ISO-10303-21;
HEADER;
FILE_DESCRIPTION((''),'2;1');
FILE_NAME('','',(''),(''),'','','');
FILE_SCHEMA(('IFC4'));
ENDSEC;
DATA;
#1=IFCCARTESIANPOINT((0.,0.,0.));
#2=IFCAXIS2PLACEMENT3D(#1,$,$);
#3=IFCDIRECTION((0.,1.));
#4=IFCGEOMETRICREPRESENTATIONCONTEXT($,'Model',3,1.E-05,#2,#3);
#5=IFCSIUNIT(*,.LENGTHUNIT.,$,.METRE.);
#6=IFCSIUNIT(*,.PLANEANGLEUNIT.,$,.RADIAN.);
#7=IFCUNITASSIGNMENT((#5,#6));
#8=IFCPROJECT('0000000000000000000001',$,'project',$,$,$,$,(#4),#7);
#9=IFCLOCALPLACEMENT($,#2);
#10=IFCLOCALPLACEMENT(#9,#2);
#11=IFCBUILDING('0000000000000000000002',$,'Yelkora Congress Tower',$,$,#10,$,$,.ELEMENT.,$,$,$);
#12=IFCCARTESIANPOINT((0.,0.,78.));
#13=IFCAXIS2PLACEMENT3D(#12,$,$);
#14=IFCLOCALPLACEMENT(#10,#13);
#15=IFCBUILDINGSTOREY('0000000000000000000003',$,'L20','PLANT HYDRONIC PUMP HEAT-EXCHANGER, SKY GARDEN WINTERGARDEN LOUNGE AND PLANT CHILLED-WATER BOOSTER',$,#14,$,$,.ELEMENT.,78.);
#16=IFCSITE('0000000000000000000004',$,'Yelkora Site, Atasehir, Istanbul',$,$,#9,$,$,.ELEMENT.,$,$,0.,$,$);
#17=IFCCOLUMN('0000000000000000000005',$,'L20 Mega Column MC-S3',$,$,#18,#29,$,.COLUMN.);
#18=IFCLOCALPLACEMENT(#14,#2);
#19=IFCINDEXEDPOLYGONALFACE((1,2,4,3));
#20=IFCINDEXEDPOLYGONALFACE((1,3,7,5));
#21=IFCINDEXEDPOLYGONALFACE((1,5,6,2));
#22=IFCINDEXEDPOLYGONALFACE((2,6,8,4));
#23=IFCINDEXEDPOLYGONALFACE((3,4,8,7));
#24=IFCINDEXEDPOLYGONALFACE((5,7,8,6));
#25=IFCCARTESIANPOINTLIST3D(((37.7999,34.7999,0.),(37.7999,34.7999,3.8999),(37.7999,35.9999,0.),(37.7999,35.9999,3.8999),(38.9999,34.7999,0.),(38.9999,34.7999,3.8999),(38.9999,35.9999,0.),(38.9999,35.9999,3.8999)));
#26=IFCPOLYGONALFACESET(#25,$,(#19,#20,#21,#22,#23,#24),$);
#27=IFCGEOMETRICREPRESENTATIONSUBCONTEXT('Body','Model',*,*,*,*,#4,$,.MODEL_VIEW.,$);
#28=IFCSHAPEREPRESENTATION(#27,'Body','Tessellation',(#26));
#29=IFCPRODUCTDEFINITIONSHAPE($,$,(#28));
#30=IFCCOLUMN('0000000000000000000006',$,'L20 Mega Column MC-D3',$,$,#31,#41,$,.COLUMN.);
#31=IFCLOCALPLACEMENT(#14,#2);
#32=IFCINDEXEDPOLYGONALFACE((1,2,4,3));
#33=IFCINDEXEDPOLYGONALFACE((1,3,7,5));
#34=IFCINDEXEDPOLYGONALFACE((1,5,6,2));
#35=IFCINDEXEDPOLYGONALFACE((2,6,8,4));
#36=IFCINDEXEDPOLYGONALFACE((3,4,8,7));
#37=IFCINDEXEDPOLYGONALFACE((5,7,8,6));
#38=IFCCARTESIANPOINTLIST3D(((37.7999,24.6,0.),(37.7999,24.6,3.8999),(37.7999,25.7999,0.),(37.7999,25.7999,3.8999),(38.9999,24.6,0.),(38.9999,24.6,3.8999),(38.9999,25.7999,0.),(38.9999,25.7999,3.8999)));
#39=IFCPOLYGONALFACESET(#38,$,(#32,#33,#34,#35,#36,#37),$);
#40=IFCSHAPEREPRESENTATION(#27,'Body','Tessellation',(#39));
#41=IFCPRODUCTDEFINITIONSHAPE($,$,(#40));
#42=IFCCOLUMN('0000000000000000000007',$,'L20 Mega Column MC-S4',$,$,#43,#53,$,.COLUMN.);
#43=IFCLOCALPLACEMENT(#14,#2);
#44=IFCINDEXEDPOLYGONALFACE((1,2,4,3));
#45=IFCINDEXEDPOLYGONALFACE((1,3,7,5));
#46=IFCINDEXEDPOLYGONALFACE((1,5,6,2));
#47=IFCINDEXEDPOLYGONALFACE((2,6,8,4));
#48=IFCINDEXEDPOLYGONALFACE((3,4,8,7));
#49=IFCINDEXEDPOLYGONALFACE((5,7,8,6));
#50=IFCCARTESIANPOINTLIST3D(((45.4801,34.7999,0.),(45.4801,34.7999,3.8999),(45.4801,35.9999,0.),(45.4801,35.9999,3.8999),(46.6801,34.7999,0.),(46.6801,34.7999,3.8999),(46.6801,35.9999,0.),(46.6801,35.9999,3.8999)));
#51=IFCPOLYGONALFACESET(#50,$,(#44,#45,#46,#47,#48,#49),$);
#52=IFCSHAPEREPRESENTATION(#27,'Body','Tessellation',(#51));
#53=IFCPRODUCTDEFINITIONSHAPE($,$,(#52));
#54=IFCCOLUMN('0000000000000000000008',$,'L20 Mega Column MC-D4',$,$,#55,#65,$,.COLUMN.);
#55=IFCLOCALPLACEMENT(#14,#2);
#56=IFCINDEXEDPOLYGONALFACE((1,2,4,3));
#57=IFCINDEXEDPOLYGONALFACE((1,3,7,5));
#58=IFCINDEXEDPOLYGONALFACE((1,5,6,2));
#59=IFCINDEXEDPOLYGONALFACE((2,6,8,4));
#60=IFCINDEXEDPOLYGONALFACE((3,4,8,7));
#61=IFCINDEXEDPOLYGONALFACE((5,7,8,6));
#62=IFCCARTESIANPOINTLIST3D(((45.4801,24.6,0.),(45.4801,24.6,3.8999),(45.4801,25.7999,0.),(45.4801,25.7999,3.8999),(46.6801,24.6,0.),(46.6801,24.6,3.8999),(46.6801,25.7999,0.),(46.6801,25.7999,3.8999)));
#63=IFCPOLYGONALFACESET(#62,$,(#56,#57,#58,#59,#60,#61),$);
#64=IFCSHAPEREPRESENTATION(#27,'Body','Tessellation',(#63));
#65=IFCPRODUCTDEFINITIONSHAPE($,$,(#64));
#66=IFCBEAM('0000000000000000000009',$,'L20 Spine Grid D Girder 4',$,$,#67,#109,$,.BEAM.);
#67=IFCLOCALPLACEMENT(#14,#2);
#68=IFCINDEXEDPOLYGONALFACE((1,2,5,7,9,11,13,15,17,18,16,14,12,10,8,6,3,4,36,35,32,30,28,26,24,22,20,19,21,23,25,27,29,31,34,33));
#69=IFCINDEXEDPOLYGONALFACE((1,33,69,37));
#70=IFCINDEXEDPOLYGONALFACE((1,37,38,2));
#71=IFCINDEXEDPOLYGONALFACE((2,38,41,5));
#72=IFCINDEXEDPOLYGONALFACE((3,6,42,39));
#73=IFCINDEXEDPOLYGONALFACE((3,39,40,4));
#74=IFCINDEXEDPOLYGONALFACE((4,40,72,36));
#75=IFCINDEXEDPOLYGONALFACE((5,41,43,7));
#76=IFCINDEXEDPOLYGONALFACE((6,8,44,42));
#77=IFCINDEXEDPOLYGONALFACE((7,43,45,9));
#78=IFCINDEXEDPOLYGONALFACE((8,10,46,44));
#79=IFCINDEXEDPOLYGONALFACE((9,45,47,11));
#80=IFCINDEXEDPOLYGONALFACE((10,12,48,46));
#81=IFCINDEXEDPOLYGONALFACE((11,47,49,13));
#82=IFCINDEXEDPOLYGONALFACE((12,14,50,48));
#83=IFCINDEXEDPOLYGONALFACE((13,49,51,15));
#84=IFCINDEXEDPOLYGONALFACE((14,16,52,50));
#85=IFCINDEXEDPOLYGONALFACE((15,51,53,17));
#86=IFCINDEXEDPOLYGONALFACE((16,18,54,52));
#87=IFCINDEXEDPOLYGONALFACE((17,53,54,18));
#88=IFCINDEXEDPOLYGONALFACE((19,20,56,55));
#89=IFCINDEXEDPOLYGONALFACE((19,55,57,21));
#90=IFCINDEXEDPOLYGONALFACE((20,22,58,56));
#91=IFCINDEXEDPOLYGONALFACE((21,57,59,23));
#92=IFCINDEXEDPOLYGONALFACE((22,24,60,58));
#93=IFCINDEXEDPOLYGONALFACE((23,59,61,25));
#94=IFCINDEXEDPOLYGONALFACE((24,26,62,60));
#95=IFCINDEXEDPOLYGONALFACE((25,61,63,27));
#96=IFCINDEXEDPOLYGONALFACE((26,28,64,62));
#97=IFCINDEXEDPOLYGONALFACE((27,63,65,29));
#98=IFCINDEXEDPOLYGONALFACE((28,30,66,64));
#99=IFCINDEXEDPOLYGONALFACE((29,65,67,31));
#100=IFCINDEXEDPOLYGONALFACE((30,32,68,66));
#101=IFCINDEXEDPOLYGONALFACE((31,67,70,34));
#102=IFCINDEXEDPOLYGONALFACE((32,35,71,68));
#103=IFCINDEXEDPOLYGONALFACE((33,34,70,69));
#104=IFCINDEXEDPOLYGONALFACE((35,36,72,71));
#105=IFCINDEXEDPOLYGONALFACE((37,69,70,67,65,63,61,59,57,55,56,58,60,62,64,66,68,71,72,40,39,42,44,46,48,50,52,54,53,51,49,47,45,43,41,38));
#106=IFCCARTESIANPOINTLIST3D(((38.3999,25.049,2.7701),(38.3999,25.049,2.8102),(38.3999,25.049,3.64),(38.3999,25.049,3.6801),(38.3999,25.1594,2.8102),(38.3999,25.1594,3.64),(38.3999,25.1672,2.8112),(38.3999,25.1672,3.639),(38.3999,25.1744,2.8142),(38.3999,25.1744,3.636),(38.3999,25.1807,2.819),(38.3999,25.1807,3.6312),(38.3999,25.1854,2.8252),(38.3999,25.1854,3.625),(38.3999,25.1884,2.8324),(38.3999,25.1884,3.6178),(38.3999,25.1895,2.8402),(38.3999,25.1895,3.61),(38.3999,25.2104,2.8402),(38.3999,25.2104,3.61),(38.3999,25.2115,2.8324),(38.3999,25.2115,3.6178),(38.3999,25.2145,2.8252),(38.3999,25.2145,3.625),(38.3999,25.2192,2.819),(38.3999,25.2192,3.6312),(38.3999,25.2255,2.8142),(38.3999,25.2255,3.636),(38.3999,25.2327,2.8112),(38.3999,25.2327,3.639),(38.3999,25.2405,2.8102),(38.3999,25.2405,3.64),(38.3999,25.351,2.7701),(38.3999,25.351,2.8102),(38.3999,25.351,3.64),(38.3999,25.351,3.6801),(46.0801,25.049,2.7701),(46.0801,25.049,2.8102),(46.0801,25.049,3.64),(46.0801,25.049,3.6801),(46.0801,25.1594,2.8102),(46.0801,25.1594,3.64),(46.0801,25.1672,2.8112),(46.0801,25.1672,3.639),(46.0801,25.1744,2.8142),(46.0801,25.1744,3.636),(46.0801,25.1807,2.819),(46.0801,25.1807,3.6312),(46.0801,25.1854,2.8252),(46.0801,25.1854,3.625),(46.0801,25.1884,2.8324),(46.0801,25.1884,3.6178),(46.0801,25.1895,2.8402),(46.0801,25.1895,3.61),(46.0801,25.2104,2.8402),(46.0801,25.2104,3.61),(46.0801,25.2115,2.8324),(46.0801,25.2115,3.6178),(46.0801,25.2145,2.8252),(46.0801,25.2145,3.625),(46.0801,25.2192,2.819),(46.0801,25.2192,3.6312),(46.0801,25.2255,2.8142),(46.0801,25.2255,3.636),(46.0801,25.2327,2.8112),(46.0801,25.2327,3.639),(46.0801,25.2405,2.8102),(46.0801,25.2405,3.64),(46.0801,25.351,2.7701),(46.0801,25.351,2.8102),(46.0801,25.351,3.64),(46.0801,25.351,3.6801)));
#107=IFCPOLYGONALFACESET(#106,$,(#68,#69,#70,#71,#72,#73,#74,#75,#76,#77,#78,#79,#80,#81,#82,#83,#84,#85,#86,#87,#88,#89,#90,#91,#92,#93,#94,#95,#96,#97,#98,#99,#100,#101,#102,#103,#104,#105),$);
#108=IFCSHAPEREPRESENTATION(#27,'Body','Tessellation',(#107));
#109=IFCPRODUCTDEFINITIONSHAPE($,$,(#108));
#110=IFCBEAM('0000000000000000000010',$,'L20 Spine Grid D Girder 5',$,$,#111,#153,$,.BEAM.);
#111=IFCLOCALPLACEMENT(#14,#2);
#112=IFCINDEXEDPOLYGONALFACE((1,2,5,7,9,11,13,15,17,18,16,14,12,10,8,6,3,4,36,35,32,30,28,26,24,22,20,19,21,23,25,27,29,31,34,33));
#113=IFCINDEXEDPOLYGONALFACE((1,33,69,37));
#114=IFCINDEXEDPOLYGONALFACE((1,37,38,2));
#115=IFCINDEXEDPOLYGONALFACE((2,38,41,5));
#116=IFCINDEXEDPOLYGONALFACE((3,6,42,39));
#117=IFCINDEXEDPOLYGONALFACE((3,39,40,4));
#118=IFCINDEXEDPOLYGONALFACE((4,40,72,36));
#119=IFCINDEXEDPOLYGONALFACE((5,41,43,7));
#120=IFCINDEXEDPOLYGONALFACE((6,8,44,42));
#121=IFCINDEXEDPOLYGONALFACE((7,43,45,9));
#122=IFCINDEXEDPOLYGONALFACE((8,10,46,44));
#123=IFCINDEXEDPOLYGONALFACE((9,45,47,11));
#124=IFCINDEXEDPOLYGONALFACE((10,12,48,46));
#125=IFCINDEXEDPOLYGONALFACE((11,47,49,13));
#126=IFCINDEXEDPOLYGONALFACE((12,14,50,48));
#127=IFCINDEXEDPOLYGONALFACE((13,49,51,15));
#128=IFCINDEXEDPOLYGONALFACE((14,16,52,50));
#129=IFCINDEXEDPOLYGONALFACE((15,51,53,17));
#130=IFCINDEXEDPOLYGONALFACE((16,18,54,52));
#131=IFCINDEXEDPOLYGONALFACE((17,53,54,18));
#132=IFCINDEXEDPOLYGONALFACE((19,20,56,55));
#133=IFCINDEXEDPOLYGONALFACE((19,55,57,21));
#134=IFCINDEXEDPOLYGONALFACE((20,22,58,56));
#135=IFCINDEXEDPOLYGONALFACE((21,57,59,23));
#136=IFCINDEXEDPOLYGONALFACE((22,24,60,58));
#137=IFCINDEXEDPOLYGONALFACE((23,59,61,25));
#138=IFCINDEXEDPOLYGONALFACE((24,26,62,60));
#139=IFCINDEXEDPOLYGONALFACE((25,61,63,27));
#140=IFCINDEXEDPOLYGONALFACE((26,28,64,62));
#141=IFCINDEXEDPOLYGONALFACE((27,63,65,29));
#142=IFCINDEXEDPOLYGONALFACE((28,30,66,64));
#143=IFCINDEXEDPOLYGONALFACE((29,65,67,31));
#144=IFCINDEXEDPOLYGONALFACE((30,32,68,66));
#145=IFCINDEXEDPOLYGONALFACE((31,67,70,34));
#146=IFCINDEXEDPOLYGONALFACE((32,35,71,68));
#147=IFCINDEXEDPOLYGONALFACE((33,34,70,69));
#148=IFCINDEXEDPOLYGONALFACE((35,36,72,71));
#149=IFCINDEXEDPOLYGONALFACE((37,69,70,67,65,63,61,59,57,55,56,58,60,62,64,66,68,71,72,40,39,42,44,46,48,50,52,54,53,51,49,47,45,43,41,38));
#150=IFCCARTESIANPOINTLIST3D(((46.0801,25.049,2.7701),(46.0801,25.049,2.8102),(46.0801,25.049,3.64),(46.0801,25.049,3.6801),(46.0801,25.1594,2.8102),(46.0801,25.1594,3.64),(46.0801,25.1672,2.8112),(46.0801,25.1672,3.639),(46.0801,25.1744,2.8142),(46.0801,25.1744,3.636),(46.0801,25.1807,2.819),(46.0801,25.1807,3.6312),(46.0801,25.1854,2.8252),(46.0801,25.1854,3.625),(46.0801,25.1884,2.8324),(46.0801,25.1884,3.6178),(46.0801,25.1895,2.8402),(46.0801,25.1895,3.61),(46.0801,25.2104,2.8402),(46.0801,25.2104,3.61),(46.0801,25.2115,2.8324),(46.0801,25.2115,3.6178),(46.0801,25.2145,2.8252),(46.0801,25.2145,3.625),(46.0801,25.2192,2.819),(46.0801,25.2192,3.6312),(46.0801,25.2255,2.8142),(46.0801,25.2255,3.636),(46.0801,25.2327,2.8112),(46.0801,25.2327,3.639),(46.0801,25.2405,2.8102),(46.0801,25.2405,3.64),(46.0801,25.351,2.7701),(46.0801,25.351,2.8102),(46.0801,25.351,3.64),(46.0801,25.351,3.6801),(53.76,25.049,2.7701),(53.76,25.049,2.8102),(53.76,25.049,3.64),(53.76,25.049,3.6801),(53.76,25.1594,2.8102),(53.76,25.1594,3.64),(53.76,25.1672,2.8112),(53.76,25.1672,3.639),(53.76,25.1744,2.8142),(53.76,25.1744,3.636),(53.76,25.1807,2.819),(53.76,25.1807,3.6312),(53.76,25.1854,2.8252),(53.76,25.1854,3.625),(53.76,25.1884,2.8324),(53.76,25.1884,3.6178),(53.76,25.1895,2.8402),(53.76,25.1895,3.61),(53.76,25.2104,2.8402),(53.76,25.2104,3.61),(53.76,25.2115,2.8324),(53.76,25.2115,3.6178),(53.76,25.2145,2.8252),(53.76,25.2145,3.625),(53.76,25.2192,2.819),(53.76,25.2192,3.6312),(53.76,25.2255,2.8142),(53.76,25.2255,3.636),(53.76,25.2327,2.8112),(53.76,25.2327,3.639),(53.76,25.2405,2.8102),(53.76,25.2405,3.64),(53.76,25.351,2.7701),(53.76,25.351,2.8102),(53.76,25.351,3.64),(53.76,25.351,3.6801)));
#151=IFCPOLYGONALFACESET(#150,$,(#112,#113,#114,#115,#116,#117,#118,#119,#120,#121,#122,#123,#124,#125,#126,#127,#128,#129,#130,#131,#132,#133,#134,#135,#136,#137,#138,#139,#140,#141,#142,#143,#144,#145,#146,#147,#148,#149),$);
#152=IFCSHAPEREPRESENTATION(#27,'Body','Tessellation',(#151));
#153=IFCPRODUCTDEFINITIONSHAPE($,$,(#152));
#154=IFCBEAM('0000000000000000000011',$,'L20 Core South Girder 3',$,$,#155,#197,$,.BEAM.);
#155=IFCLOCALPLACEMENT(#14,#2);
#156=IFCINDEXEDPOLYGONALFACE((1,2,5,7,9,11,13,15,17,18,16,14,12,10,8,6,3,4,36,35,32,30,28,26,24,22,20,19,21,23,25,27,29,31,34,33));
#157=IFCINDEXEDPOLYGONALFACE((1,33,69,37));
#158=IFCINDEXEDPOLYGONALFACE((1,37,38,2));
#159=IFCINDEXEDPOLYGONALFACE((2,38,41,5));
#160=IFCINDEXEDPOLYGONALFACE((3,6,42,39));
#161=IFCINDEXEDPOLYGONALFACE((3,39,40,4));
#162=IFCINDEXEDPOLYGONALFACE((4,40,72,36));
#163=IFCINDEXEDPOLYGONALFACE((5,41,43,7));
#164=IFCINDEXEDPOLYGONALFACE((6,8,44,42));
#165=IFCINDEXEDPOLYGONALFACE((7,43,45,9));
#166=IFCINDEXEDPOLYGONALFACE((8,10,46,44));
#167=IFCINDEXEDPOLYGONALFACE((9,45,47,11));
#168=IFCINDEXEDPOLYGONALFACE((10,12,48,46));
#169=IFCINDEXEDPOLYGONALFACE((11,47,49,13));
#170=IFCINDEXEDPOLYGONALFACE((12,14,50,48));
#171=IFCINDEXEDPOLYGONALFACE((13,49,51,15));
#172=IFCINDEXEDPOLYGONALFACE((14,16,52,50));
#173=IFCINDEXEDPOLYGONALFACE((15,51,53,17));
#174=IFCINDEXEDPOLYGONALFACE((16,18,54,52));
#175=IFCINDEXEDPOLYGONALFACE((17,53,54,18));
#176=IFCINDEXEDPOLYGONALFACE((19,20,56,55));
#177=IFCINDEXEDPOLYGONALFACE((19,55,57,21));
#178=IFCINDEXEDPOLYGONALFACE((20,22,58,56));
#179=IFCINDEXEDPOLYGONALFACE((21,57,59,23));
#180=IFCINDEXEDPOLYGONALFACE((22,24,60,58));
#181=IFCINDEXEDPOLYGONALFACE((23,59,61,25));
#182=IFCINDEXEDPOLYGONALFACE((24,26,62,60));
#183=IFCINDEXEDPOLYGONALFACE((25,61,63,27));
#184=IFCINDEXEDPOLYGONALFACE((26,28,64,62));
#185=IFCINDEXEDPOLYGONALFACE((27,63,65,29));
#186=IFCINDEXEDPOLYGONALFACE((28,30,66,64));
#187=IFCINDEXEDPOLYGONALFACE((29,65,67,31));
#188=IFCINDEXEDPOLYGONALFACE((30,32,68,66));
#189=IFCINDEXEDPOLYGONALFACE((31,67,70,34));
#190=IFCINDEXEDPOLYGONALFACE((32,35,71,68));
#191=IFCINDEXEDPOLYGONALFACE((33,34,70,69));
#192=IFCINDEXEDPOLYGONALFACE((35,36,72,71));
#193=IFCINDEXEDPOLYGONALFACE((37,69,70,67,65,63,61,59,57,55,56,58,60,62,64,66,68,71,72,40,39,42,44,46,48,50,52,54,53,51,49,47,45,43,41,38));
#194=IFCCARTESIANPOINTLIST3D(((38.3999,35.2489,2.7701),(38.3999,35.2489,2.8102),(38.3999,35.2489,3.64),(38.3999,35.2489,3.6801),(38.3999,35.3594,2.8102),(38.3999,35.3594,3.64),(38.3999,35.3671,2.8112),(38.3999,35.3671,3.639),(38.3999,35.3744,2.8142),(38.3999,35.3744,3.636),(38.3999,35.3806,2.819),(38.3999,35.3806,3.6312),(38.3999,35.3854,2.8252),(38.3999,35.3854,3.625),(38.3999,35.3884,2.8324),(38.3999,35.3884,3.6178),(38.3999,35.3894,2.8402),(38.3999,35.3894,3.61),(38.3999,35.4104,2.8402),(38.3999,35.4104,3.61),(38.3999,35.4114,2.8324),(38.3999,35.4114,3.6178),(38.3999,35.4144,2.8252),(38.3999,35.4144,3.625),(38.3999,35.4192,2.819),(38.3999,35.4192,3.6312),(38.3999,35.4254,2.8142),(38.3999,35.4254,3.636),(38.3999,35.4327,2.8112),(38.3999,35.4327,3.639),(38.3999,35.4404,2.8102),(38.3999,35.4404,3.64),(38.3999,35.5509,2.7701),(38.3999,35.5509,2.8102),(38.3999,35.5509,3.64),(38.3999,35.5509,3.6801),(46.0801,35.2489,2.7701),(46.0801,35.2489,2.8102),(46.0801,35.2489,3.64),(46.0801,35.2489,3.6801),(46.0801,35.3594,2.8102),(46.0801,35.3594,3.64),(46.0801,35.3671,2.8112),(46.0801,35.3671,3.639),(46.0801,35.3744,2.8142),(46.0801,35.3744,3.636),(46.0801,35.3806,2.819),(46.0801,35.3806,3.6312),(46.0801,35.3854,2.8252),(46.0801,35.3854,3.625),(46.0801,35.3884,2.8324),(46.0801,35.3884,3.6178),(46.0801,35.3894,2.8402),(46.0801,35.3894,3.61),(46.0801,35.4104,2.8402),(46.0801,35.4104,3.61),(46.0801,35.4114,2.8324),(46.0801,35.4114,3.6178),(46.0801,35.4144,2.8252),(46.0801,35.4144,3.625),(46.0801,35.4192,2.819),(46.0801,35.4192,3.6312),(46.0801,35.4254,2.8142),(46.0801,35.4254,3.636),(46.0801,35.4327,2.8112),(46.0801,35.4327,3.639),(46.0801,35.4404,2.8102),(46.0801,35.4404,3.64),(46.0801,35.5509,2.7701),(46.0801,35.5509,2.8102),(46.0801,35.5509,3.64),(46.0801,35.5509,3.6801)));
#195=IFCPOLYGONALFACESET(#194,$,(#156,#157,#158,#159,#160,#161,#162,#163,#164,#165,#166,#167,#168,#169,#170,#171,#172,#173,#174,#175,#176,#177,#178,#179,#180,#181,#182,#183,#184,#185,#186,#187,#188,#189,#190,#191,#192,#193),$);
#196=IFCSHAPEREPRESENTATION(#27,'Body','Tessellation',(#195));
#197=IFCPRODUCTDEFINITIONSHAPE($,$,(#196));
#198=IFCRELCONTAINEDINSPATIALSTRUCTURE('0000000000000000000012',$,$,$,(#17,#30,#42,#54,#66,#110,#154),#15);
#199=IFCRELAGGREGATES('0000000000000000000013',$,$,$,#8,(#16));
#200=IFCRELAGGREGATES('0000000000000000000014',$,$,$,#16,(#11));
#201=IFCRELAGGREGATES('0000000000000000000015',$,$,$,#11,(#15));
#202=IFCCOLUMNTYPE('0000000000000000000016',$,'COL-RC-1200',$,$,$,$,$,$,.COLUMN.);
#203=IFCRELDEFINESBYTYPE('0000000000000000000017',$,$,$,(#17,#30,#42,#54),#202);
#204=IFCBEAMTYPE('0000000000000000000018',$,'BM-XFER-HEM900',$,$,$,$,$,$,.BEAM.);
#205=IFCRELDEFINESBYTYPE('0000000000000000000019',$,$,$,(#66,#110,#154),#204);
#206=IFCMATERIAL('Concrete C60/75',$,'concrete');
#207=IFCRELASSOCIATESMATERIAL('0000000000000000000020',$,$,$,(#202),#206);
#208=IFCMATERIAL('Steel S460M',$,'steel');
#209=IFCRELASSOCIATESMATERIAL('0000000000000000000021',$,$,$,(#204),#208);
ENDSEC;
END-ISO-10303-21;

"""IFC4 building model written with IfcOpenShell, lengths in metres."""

from ifc_helpers import new_model, si_unit, direction, frame, origin, origin_2d, place, context, subcontext, project, spatial, rectangle, i_section, extrude, material, material_profile, profile_set, type_object, element, save


model = new_model("IFC4")

# Units and contexts
model_context = context("Model", 3, precision=1e-05, world=origin(), true_north=direction((0.0, 1.0)))
body_context = subcontext(model_context, "Body", "Model", "MODEL_VIEW")
ifc_project = project(units=[si_unit("LENGTHUNIT", "METRE"), si_unit("PLANEANGLEUNIT", "RADIAN")], contexts=[model_context])

# Site, building, storey
site_placement = place(None, origin())
site = spatial("IfcSite", under=ifc_project, at=site_placement, Name="Yelkora Site, Atasehir, Istanbul", CompositionType="ELEMENT", RefElevation=0.0)
building_placement = place(site_placement, origin())
building = spatial("IfcBuilding", under=site, at=building_placement, Name="Yelkora Congress Tower", CompositionType="ELEMENT")
storey_placement = place(building_placement, frame((0.0, 0.0, 78.0)))
storey = spatial("IfcBuildingStorey", under=building, at=storey_placement, Name="L20", Description="PLANT HYDRONIC PUMP HEAT-EXCHANGER, SKY GARDEN WINTERGARDEN LOUNGE AND PLANT CHILLED-WATER BOOSTER", CompositionType="ELEMENT", Elevation=78.0)

# Columns
ifc_material_1 = material(Name="Concrete C60/75", Category="concrete")
ifc_material_profile_1 = material_profile(ifc_material_1, rectangle(XDim=1.2, YDim=1.2, at=origin_2d()), Name="RC 1200x1200")
ifc_profile_set_1 = profile_set([ifc_material_profile_1], Name="Concrete C60/75")
column_type = type_object("IfcColumnType", Name="COL-RC-1200", PredefinedType="COLUMN", material=ifc_profile_set_1)
for number, where, z_axis, x_axis, name in (
    (1, (38.3999, 35.3999, 0.0), (0.0, 0.0, 1.0), (1.0, 0.0, 0.0), "L20 Mega Column MC-S3"),
    (2, (38.3999, 25.2, 0.0), (0.0, 0.0, 1.0), (1.0, 0.0, 0.0), "L20 Mega Column MC-D3"),
    (3, (46.0801, 35.3999, 0.0), (0.0, 0.0, 1.0), (1.0, 0.0, 0.0), "L20 Mega Column MC-S4"),
    (4, (46.0801, 25.2, 0.0), (0.0, 0.0, 1.0), (1.0, 0.0, 0.0), "L20 Mega Column MC-D4"),
):
    element("IfcColumn", number, at=place(storey_placement, frame(where, z_axis=z_axis, x_axis=x_axis)), inside=storey, type_object=column_type, Name=name, PredefinedType="COLUMN", context=body_context, shape_type="SweptSolid", body=[
        extrude(rectangle(XDim=1.2, YDim=1.2, at=origin_2d()), origin(), (0.0, 0.0, 1.0), 3.8999),
    ])

# Beams
ifc_material_2 = material(Name="Steel S460M", Category="steel")
ifc_material_profile_2 = material_profile(ifc_material_2, i_section(OverallWidth=0.302, OverallDepth=0.9099, WebThickness=0.021, FlangeThickness=0.04, FilletRadius=0.03, at=origin_2d()), Name="HEM 900")
ifc_profile_set_2 = profile_set([ifc_material_profile_2], Name="Steel S460M")
beam_type = type_object("IfcBeamType", Name="BM-XFER-HEM900", PredefinedType="BEAM", material=ifc_profile_set_2)
beam_1_placement = place(storey_placement, frame((38.3999, 25.2, 3.2251), z_axis=(1.0, 0.0, 0.0), x_axis=(0.0, 1.0, 0.0)))
element("IfcBeam", 5, at=beam_1_placement, inside=storey, type_object=beam_type, Name="L20 Spine Grid D Girder 4", PredefinedType="BEAM", context=body_context, shape_type="SweptSolid", body=[
    extrude(i_section(OverallWidth=0.302, OverallDepth=0.9099, WebThickness=0.021, FlangeThickness=0.04, FilletRadius=0.03, at=origin_2d()), origin(), (0.0, 0.0, 1.0), 7.6802),
])
beam_2_placement = place(storey_placement, frame((46.0801, 25.2, 3.2251), z_axis=(1.0, 0.0, 0.0), x_axis=(0.0, 1.0, 0.0)))
element("IfcBeam", 6, at=beam_2_placement, inside=storey, type_object=beam_type, Name="L20 Spine Grid D Girder 5", PredefinedType="BEAM", context=body_context, shape_type="SweptSolid", body=[
    extrude(i_section(OverallWidth=0.302, OverallDepth=0.9099, WebThickness=0.021, FlangeThickness=0.04, FilletRadius=0.03, at=origin_2d()), origin(), (0.0, 0.0, 1.0), 7.6799),
])
beam_3_placement = place(storey_placement, frame((38.3999, 35.3999, 3.2251), z_axis=(1.0, 0.0, 0.0), x_axis=(0.0, 1.0, 0.0)))
element("IfcBeam", 7, at=beam_3_placement, inside=storey, type_object=beam_type, Name="L20 Core South Girder 3", PredefinedType="BEAM", context=body_context, shape_type="SweptSolid", body=[
    extrude(i_section(OverallWidth=0.302, OverallDepth=0.9099, WebThickness=0.021, FlangeThickness=0.04, FilletRadius=0.03, at=origin_2d()), origin(), (0.0, 0.0, 1.0), 7.6802),
])

save(model, "model.ifc")
